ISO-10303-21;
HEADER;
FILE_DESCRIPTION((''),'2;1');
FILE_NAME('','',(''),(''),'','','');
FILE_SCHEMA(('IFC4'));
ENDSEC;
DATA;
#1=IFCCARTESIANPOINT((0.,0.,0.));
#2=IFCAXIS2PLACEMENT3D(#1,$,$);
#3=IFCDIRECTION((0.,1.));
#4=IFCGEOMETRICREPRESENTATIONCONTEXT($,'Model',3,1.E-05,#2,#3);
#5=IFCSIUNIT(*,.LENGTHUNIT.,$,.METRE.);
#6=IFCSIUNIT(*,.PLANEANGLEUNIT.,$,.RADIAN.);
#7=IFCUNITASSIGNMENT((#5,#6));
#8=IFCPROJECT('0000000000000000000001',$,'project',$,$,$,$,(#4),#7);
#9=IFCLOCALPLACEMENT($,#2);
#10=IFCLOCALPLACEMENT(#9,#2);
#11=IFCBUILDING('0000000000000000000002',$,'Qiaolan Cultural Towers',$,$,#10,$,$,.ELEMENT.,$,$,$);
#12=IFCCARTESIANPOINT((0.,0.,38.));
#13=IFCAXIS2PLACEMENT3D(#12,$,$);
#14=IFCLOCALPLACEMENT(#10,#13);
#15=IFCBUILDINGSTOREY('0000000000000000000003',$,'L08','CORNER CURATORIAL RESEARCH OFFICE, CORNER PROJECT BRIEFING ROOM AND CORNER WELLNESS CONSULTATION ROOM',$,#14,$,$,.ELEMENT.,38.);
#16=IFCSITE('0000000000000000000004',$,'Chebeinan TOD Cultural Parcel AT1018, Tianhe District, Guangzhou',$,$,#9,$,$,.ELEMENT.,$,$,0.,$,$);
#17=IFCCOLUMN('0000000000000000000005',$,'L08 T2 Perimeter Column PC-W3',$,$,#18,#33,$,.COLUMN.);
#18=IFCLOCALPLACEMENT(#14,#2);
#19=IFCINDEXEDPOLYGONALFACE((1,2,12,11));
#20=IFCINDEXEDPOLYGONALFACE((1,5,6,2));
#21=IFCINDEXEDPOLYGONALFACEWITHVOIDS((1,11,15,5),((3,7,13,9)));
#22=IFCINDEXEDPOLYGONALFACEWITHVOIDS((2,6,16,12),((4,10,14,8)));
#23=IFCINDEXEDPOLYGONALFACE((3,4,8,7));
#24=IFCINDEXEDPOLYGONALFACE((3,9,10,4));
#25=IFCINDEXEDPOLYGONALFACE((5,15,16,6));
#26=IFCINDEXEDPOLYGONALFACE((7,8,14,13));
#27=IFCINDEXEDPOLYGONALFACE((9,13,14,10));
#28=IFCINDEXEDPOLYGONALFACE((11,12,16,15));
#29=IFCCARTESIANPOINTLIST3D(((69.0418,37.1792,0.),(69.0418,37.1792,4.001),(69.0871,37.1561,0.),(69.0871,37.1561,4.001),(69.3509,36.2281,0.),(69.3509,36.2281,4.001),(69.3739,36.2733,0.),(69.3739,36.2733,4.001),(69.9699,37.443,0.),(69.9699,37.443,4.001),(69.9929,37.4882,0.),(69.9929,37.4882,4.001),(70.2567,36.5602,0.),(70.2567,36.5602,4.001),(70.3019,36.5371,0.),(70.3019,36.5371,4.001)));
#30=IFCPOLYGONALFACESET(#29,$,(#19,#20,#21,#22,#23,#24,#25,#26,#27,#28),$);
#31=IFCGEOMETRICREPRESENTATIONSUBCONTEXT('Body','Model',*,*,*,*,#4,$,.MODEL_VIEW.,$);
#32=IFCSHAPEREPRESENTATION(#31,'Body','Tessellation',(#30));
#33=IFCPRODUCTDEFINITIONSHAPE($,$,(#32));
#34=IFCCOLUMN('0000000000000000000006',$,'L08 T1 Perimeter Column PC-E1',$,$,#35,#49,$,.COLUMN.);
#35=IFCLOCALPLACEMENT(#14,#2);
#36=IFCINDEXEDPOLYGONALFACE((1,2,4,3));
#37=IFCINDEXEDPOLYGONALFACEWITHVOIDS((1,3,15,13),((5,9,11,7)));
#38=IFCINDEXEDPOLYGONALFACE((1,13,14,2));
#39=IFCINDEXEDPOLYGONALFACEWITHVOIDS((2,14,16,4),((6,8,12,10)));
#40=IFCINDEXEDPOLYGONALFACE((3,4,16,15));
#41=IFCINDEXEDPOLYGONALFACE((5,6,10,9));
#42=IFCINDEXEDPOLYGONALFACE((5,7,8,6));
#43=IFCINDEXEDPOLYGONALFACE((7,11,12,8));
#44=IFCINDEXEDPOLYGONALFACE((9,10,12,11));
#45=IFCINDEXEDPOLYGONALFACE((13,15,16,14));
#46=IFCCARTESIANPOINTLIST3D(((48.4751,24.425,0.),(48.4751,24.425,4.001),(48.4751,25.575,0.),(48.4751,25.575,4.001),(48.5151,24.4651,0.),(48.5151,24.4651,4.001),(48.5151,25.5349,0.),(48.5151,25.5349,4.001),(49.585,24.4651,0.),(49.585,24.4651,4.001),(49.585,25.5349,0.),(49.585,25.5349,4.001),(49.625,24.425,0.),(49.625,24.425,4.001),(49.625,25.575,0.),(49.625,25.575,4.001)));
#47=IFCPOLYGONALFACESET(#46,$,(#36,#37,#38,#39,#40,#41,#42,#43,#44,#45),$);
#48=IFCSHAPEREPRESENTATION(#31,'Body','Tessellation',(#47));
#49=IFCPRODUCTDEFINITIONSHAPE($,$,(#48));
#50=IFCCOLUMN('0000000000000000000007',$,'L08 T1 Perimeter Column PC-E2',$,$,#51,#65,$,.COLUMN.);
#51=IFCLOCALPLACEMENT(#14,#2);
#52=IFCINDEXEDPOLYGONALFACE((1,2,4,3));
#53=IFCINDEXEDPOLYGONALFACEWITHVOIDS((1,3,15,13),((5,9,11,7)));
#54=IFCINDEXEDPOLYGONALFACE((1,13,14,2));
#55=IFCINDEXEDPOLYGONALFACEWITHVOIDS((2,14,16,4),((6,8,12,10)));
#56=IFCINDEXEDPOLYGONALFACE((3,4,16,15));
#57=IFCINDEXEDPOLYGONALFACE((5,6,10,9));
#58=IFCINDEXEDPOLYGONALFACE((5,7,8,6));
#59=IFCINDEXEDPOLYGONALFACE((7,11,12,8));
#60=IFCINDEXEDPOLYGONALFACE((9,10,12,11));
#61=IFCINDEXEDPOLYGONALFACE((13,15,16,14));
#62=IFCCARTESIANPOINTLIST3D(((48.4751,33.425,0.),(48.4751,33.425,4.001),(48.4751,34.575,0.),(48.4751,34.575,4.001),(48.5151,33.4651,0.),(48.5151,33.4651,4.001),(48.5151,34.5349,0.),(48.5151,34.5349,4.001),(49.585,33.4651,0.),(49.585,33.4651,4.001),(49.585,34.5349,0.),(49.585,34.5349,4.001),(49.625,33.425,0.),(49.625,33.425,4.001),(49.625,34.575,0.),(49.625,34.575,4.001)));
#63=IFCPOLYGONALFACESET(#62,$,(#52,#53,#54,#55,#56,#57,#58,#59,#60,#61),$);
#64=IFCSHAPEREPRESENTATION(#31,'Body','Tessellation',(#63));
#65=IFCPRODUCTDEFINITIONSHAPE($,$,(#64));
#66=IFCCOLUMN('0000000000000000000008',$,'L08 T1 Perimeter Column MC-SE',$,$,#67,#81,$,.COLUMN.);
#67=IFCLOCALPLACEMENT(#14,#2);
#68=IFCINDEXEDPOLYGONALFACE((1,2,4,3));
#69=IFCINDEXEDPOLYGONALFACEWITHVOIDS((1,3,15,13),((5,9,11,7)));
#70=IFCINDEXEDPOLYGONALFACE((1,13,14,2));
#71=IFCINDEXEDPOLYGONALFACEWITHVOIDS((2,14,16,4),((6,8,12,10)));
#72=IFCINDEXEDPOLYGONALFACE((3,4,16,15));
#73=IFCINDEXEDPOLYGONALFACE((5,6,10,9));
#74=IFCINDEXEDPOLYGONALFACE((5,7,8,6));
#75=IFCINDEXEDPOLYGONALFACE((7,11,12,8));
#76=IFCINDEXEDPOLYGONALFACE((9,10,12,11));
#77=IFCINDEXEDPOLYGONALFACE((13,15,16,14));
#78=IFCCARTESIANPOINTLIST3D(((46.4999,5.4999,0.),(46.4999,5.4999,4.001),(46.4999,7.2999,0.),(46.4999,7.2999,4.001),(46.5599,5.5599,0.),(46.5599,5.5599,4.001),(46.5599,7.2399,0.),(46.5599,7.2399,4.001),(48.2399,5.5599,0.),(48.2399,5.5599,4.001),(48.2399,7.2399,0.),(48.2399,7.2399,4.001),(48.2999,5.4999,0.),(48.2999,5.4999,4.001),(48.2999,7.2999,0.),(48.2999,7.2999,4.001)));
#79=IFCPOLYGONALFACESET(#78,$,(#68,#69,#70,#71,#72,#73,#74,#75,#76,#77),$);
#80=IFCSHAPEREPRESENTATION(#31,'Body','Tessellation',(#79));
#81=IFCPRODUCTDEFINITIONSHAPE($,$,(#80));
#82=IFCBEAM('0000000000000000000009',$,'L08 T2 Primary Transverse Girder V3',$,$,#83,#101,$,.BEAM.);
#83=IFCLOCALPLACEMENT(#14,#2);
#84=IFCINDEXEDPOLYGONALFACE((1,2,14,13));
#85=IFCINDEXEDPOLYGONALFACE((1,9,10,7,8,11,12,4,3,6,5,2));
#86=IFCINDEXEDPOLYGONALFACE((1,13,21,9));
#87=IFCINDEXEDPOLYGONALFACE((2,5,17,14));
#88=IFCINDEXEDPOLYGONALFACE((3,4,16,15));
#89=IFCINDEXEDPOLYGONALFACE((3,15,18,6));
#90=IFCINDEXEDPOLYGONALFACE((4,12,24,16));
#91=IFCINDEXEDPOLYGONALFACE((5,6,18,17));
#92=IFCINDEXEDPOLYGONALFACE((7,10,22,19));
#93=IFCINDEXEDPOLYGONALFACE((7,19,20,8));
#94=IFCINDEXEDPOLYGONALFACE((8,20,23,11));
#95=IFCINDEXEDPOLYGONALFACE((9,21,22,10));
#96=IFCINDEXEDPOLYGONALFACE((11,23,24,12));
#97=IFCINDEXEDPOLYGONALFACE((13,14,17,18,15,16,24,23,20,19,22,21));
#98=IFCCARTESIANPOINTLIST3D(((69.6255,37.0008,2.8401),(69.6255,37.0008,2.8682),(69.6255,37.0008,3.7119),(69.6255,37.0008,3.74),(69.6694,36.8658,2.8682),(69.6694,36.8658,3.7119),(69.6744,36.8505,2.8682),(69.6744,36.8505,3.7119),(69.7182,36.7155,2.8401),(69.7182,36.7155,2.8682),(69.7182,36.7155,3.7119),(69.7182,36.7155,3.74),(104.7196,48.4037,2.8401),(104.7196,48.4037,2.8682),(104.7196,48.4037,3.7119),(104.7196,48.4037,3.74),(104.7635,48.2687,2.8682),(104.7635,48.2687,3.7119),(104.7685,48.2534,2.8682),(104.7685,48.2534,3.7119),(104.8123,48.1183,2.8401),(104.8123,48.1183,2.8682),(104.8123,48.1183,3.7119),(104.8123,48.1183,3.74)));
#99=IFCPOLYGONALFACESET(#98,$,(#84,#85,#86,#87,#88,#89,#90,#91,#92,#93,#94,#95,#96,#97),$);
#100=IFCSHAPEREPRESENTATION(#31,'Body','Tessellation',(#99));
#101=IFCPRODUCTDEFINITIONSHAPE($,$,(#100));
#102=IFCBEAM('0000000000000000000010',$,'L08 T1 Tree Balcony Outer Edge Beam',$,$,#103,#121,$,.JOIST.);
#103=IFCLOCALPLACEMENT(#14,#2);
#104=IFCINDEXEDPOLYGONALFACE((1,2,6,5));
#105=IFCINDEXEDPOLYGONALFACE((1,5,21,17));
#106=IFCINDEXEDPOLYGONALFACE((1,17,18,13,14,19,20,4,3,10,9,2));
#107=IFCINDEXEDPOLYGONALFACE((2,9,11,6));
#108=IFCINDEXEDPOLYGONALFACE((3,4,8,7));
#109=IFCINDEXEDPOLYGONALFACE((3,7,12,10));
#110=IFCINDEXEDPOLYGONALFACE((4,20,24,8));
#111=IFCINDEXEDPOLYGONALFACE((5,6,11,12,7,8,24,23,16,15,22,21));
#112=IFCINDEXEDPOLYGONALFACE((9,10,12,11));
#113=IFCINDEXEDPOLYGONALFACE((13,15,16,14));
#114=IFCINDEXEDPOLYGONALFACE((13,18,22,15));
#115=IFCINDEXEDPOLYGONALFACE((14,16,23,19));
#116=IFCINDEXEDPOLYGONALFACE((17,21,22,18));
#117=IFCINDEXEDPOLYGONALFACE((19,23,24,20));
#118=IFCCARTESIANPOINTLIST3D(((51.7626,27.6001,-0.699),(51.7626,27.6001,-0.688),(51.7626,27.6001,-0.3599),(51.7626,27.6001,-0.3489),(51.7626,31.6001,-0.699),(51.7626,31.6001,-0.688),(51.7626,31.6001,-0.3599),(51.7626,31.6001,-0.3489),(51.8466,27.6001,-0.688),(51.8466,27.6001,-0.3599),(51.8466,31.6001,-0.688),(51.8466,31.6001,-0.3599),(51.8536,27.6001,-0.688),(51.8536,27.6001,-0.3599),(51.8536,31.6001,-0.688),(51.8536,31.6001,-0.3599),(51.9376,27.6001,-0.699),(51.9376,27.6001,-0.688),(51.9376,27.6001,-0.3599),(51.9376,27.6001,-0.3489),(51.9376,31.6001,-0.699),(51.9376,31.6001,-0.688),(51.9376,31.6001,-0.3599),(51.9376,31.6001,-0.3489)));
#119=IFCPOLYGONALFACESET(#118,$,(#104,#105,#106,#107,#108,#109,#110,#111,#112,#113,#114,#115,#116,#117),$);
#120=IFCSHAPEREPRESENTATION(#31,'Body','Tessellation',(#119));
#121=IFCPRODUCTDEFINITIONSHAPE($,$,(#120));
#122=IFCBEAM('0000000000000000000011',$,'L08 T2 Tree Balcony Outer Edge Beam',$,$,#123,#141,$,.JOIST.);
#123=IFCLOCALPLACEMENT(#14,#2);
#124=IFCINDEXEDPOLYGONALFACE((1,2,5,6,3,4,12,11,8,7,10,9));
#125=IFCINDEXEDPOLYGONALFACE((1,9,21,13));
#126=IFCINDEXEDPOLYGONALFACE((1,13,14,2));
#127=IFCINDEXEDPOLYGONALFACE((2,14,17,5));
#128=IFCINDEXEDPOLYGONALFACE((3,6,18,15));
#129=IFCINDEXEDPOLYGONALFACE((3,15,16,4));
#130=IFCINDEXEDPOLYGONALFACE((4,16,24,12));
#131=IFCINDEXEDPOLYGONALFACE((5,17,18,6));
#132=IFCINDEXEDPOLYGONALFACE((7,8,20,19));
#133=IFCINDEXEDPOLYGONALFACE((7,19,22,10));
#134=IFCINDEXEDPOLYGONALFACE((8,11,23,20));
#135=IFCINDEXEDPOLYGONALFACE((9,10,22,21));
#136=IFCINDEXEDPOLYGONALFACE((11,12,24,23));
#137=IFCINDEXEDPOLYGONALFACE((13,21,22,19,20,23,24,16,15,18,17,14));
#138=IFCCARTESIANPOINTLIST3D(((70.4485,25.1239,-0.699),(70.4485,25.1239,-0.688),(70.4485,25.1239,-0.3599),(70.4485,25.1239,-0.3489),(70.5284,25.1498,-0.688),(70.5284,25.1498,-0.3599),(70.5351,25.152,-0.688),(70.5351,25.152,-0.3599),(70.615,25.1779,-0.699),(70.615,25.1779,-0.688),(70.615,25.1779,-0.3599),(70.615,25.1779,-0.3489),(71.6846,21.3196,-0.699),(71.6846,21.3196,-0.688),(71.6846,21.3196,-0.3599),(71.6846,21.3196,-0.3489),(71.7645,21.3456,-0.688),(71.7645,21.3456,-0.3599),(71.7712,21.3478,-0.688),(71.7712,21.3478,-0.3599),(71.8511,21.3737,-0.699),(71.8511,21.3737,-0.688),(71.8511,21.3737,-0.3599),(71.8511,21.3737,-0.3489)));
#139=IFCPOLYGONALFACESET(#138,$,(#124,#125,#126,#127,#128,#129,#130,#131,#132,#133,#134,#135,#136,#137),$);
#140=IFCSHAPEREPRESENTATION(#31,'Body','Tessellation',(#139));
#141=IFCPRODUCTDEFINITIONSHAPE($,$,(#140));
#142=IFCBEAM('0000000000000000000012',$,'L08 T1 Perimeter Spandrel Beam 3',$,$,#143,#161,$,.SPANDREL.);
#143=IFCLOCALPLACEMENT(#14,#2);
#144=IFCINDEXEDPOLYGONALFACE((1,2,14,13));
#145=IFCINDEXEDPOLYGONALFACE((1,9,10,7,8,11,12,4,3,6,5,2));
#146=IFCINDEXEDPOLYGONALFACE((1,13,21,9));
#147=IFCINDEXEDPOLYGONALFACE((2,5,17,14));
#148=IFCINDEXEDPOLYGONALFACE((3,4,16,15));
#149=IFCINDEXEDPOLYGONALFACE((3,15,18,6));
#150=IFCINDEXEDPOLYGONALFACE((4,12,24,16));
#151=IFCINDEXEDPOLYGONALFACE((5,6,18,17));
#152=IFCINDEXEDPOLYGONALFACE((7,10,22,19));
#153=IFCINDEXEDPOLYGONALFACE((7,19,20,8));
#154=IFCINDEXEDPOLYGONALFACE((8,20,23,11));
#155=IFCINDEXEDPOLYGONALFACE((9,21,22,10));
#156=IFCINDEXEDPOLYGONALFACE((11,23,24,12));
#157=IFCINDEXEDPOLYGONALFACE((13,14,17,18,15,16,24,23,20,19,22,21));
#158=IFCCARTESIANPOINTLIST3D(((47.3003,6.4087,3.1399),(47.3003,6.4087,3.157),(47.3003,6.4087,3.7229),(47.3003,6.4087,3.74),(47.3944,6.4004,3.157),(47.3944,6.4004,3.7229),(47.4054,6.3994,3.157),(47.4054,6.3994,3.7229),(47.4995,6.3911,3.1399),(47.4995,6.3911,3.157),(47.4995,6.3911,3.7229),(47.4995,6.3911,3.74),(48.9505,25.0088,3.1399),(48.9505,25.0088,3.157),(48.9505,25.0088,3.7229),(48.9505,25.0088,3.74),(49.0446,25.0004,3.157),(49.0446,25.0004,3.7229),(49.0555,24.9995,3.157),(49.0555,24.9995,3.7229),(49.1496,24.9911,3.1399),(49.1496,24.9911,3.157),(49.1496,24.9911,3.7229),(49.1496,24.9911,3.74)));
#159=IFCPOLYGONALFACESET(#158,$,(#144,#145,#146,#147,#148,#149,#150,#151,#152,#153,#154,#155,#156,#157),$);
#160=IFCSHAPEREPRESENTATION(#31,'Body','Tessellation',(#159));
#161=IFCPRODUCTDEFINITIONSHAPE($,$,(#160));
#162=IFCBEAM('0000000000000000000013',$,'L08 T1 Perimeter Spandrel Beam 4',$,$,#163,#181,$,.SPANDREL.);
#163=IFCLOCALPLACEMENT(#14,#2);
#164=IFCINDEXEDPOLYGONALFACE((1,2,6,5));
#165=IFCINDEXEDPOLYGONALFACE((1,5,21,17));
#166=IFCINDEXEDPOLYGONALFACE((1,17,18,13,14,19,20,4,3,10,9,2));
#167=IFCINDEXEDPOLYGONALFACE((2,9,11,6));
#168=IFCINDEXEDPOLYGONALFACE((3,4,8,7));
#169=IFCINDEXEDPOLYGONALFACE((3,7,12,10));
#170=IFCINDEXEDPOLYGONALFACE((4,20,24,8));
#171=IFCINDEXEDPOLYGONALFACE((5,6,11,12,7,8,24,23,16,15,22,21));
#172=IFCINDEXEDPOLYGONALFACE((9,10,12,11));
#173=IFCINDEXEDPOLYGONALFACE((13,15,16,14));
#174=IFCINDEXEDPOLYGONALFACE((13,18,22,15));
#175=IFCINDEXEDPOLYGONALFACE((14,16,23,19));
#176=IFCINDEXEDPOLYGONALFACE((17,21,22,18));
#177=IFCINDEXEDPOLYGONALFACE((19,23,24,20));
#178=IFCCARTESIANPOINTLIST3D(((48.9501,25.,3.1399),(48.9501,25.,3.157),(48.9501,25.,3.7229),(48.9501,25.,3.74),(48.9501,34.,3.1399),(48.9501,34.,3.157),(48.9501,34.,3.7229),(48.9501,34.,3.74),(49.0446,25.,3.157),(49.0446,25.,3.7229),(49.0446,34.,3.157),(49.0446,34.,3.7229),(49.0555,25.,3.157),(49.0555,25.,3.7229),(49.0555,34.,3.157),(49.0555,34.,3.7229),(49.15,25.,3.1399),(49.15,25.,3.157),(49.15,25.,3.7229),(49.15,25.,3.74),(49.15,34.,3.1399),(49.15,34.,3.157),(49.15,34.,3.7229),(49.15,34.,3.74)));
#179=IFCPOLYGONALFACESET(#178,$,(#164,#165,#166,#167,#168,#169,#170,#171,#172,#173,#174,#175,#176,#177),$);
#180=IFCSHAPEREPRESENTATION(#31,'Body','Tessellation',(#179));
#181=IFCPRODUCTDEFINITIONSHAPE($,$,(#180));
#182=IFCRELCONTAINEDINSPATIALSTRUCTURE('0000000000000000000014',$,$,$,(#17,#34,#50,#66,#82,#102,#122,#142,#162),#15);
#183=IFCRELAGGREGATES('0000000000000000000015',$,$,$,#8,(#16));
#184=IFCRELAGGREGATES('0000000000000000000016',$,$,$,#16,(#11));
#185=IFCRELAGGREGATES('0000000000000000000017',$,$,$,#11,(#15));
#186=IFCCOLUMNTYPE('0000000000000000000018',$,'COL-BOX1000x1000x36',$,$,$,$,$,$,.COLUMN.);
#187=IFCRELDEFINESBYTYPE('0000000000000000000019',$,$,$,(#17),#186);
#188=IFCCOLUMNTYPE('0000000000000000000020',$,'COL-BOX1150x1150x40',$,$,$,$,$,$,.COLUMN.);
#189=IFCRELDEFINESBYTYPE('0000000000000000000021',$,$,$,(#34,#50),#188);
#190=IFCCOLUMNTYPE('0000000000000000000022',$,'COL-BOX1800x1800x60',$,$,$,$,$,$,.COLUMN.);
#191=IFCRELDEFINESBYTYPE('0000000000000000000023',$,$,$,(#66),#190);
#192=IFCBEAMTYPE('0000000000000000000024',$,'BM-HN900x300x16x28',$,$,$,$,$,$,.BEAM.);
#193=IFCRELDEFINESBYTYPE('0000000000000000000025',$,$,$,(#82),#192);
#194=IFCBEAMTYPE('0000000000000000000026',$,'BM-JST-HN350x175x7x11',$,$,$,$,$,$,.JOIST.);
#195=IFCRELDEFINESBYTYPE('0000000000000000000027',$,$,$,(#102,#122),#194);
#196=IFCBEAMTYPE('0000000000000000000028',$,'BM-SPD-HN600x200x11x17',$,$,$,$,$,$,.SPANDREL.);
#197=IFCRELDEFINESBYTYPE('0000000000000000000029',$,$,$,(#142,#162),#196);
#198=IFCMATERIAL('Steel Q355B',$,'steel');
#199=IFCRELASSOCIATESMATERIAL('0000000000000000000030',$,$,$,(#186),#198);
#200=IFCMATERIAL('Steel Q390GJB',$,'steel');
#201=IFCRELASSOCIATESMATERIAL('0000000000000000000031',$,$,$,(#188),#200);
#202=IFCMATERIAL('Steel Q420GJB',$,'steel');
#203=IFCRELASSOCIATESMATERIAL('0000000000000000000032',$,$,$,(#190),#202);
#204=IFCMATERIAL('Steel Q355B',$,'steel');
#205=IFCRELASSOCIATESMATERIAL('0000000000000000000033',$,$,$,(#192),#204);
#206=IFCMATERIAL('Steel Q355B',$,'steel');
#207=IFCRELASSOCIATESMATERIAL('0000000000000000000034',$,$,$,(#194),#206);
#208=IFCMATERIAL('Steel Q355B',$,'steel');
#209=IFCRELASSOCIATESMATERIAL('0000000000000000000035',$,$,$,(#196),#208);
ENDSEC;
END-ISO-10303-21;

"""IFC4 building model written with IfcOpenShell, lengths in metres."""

from ifc_helpers import new_model, si_unit, direction, frame, origin, origin_2d, place, context, subcontext, project, spatial, hollow_rectangle, i_section, extrude, material, material_profile, profile_set, type_object, element, save


model = new_model("IFC4")

# Units and contexts
model_context = context("Model", 3, precision=1e-05, world=origin(), true_north=direction((0.0, 1.0)))
body_context = subcontext(model_context, "Body", "Model", "MODEL_VIEW")
ifc_project = project(units=[si_unit("LENGTHUNIT", "METRE"), si_unit("PLANEANGLEUNIT", "RADIAN")], contexts=[model_context])

# Site, building, storey
site_placement = place(None, origin())
site = spatial("IfcSite", under=ifc_project, at=site_placement, Name="Chebeinan TOD Cultural Parcel AT1018, Tianhe District, Guangzhou", CompositionType="ELEMENT", RefElevation=0.0)
building_placement = place(site_placement, origin())
building = spatial("IfcBuilding", under=site, at=building_placement, Name="Qiaolan Cultural Towers", CompositionType="ELEMENT")
storey_placement = place(building_placement, frame((0.0, 0.0, 38.0)))
storey = spatial("IfcBuildingStorey", under=building, at=storey_placement, Name="L08", Description="CORNER CURATORIAL RESEARCH OFFICE, CORNER PROJECT BRIEFING ROOM AND CORNER WELLNESS CONSULTATION ROOM", CompositionType="ELEMENT", Elevation=38.0)

# Columns
ifc_material_1 = material(Name="Steel Q355B", Category="steel")
ifc_material_profile_1 = material_profile(ifc_material_1, hollow_rectangle(XDim=1.0, YDim=1.0, WallThickness=0.0359, at=origin_2d()), Name="BOX1000x1000x36")
ifc_profile_set_1 = profile_set([ifc_material_profile_1], Name="Steel Q355B")
column_type_1 = type_object("IfcColumnType", Name="COL-BOX1000x1000x36", PredefinedType="COLUMN", material=ifc_profile_set_1)
column_1_placement = place(storey_placement, frame((69.6719, 36.8582, 0.0), z_axis=(0.0, 0.0, 1.0), x_axis=(0.951057, 0.309017, 0.0)))
element("IfcColumn", 1, at=column_1_placement, inside=storey, type_object=column_type_1, Name="L08 T2 Perimeter Column PC-W3", PredefinedType="COLUMN", context=body_context, shape_type="SweptSolid", body=[
    extrude(hollow_rectangle(XDim=1.0, YDim=1.0, WallThickness=0.0359, at=origin_2d()), origin(), (0.0, 0.0, 1.0), 4.001),
])
ifc_material_2 = material(Name="Steel Q390GJB", Category="steel")
ifc_material_profile_2 = material_profile(ifc_material_2, hollow_rectangle(XDim=1.1499, YDim=1.1499, WallThickness=0.04, at=origin_2d()), Name="BOX1150x1150x40")
ifc_profile_set_2 = profile_set([ifc_material_profile_2], Name="Steel Q390GJB")
column_type_2 = type_object("IfcColumnType", Name="COL-BOX1150x1150x40", PredefinedType="COLUMN", material=ifc_profile_set_2)
for number, where, z_axis, x_axis, name in (
    (2, (49.05, 25.0, 0.0), (0.0, 0.0, 1.0), (1.0, 0.0, 0.0), "L08 T1 Perimeter Column PC-E1"),
    (3, (49.05, 34.0, 0.0), (0.0, 0.0, 1.0), (1.0, 0.0, 0.0), "L08 T1 Perimeter Column PC-E2"),
):
    element("IfcColumn", number, at=place(storey_placement, frame(where, z_axis=z_axis, x_axis=x_axis)), inside=storey, type_object=column_type_2, Name=name, PredefinedType="COLUMN", context=body_context, shape_type="SweptSolid", body=[
        extrude(hollow_rectangle(XDim=1.1499, YDim=1.1499, WallThickness=0.04, at=origin_2d()), origin(), (0.0, 0.0, 1.0), 4.001),
    ])
ifc_material_3 = material(Name="Steel Q420GJB", Category="steel")
ifc_material_profile_3 = material_profile(ifc_material_3, hollow_rectangle(XDim=1.8, YDim=1.8, WallThickness=0.0601, at=origin_2d()), Name="BOX1800x1800x60")
ifc_profile_set_3 = profile_set([ifc_material_profile_3], Name="Steel Q420GJB")
column_type_3 = type_object("IfcColumnType", Name="COL-BOX1800x1800x60", PredefinedType="COLUMN", material=ifc_profile_set_3)
column_2_placement = place(storey_placement, frame((47.3999, 6.3999, 0.0), z_axis=(0.0, 0.0, 1.0), x_axis=(1.0, 0.0, 0.0)))
element("IfcColumn", 4, at=column_2_placement, inside=storey, type_object=column_type_3, Name="L08 T1 Perimeter Column MC-SE", PredefinedType="COLUMN", context=body_context, shape_type="SweptSolid", body=[
    extrude(hollow_rectangle(XDim=1.8, YDim=1.8, WallThickness=0.0601, at=origin_2d()), origin(), (0.0, 0.0, 1.0), 4.001),
])

# Beams
ifc_material_4 = material(Name="Steel Q355B", Category="steel")
ifc_material_profile_4 = material_profile(ifc_material_4, i_section(OverallWidth=0.3, OverallDepth=0.8999, WebThickness=0.0161, FlangeThickness=0.0281, at=origin_2d()), Name="HN900x300x16x28")
ifc_profile_set_4 = profile_set([ifc_material_profile_4], Name="Steel Q355B")
beam_type_1 = type_object("IfcBeamType", Name="BM-HN900x300x16x28", PredefinedType="BEAM", material=ifc_profile_set_4)
beam_1_placement = place(storey_placement, frame((69.6719, 36.8582, 3.29), z_axis=(0.951056, 0.309019, 0.0), x_axis=(-0.309019, 0.951056, 0.0)))
element("IfcBeam", 5, at=beam_1_placement, inside=storey, type_object=beam_type_1, Name="L08 T2 Primary Transverse Girder V3", PredefinedType="BEAM", context=body_context, shape_type="SweptSolid", body=[
    extrude(i_section(OverallWidth=0.3, OverallDepth=0.8999, WebThickness=0.0161, FlangeThickness=0.0281, at=origin_2d()), origin(), (0.0, 0.0, 1.0), 36.9001),
])
ifc_material_5 = material(Name="Steel Q355B", Category="steel")
ifc_material_profile_5 = material_profile(ifc_material_5, i_section(OverallWidth=0.175, OverallDepth=0.3501, WebThickness=0.0071, FlangeThickness=0.011, at=origin_2d()), Name="HN350x175x7x11")
ifc_profile_set_5 = profile_set([ifc_material_profile_5], Name="Steel Q355B")
beam_type_2 = type_object("IfcBeamType", Name="BM-JST-HN350x175x7x11", PredefinedType="JOIST", material=ifc_profile_set_5)
for number, where, z_axis, x_axis, name in (
    (6, (51.8501, 27.6001, -0.5239), (0.0, 1.0, 0.0), (-1.0, 0.0, 0.0), "L08 T1 Tree Balcony Outer Edge Beam"),
    (7, (71.7678, 21.3467, -0.5239), (-0.309023, 0.951055, 0.0), (-0.951055, -0.309023, 0.0), "L08 T2 Tree Balcony Outer Edge Beam"),
):
    element("IfcBeam", number, at=place(storey_placement, frame(where, z_axis=z_axis, x_axis=x_axis)), inside=storey, type_object=beam_type_2, Name=name, PredefinedType="JOIST", context=body_context, shape_type="SweptSolid", body=[
        extrude(i_section(OverallWidth=0.175, OverallDepth=0.3501, WebThickness=0.0071, FlangeThickness=0.011, at=origin_2d()), origin(), (0.0, 0.0, 1.0), 4.0),
    ])
ifc_material_6 = material(Name="Steel Q355B", Category="steel")
ifc_material_profile_6 = material_profile(ifc_material_6, i_section(OverallWidth=0.2, OverallDepth=0.6001, WebThickness=0.011, FlangeThickness=0.0171, at=origin_2d()), Name="HN600x200x11x17")
ifc_profile_set_6 = profile_set([ifc_material_profile_6], Name="Steel Q355B")
beam_type_3 = type_object("IfcBeamType", Name="BM-SPD-HN600x200x11x17", PredefinedType="SPANDREL", material=ifc_profile_set_6)
beam_2_placement = place(storey_placement, frame((47.3999, 6.3999, 3.4399), z_axis=(0.08837, 0.996088, 0.0), x_axis=(-0.996088, 0.08837, 0.0)))
element("IfcBeam", 8, at=beam_2_placement, inside=storey, type_object=beam_type_3, Name="L08 T1 Perimeter Spandrel Beam 3", PredefinedType="SPANDREL", context=body_context, shape_type="SweptSolid", body=[
    extrude(i_section(OverallWidth=0.2, OverallDepth=0.6001, WebThickness=0.011, FlangeThickness=0.0171, at=origin_2d()), origin(), (0.0, 0.0, 1.0), 18.6731),
])
for number, where, z_axis, x_axis, name in (
    (9, (49.05, 25.0, 3.4399), (0.0, 1.0, 0.0), (-1.0, 0.0, 0.0), "L08 T1 Perimeter Spandrel Beam 4"),
):
    element("IfcBeam", number, at=place(storey_placement, frame(where, z_axis=z_axis, x_axis=x_axis)), inside=storey, type_object=beam_type_3, Name=name, PredefinedType="SPANDREL", context=body_context, shape_type="SweptSolid", body=[
        extrude(i_section(OverallWidth=0.2, OverallDepth=0.6001, WebThickness=0.011, FlangeThickness=0.0171, at=origin_2d()), origin(), (0.0, 0.0, 1.0), 9.0),
    ])

save(model, "model.ifc")
